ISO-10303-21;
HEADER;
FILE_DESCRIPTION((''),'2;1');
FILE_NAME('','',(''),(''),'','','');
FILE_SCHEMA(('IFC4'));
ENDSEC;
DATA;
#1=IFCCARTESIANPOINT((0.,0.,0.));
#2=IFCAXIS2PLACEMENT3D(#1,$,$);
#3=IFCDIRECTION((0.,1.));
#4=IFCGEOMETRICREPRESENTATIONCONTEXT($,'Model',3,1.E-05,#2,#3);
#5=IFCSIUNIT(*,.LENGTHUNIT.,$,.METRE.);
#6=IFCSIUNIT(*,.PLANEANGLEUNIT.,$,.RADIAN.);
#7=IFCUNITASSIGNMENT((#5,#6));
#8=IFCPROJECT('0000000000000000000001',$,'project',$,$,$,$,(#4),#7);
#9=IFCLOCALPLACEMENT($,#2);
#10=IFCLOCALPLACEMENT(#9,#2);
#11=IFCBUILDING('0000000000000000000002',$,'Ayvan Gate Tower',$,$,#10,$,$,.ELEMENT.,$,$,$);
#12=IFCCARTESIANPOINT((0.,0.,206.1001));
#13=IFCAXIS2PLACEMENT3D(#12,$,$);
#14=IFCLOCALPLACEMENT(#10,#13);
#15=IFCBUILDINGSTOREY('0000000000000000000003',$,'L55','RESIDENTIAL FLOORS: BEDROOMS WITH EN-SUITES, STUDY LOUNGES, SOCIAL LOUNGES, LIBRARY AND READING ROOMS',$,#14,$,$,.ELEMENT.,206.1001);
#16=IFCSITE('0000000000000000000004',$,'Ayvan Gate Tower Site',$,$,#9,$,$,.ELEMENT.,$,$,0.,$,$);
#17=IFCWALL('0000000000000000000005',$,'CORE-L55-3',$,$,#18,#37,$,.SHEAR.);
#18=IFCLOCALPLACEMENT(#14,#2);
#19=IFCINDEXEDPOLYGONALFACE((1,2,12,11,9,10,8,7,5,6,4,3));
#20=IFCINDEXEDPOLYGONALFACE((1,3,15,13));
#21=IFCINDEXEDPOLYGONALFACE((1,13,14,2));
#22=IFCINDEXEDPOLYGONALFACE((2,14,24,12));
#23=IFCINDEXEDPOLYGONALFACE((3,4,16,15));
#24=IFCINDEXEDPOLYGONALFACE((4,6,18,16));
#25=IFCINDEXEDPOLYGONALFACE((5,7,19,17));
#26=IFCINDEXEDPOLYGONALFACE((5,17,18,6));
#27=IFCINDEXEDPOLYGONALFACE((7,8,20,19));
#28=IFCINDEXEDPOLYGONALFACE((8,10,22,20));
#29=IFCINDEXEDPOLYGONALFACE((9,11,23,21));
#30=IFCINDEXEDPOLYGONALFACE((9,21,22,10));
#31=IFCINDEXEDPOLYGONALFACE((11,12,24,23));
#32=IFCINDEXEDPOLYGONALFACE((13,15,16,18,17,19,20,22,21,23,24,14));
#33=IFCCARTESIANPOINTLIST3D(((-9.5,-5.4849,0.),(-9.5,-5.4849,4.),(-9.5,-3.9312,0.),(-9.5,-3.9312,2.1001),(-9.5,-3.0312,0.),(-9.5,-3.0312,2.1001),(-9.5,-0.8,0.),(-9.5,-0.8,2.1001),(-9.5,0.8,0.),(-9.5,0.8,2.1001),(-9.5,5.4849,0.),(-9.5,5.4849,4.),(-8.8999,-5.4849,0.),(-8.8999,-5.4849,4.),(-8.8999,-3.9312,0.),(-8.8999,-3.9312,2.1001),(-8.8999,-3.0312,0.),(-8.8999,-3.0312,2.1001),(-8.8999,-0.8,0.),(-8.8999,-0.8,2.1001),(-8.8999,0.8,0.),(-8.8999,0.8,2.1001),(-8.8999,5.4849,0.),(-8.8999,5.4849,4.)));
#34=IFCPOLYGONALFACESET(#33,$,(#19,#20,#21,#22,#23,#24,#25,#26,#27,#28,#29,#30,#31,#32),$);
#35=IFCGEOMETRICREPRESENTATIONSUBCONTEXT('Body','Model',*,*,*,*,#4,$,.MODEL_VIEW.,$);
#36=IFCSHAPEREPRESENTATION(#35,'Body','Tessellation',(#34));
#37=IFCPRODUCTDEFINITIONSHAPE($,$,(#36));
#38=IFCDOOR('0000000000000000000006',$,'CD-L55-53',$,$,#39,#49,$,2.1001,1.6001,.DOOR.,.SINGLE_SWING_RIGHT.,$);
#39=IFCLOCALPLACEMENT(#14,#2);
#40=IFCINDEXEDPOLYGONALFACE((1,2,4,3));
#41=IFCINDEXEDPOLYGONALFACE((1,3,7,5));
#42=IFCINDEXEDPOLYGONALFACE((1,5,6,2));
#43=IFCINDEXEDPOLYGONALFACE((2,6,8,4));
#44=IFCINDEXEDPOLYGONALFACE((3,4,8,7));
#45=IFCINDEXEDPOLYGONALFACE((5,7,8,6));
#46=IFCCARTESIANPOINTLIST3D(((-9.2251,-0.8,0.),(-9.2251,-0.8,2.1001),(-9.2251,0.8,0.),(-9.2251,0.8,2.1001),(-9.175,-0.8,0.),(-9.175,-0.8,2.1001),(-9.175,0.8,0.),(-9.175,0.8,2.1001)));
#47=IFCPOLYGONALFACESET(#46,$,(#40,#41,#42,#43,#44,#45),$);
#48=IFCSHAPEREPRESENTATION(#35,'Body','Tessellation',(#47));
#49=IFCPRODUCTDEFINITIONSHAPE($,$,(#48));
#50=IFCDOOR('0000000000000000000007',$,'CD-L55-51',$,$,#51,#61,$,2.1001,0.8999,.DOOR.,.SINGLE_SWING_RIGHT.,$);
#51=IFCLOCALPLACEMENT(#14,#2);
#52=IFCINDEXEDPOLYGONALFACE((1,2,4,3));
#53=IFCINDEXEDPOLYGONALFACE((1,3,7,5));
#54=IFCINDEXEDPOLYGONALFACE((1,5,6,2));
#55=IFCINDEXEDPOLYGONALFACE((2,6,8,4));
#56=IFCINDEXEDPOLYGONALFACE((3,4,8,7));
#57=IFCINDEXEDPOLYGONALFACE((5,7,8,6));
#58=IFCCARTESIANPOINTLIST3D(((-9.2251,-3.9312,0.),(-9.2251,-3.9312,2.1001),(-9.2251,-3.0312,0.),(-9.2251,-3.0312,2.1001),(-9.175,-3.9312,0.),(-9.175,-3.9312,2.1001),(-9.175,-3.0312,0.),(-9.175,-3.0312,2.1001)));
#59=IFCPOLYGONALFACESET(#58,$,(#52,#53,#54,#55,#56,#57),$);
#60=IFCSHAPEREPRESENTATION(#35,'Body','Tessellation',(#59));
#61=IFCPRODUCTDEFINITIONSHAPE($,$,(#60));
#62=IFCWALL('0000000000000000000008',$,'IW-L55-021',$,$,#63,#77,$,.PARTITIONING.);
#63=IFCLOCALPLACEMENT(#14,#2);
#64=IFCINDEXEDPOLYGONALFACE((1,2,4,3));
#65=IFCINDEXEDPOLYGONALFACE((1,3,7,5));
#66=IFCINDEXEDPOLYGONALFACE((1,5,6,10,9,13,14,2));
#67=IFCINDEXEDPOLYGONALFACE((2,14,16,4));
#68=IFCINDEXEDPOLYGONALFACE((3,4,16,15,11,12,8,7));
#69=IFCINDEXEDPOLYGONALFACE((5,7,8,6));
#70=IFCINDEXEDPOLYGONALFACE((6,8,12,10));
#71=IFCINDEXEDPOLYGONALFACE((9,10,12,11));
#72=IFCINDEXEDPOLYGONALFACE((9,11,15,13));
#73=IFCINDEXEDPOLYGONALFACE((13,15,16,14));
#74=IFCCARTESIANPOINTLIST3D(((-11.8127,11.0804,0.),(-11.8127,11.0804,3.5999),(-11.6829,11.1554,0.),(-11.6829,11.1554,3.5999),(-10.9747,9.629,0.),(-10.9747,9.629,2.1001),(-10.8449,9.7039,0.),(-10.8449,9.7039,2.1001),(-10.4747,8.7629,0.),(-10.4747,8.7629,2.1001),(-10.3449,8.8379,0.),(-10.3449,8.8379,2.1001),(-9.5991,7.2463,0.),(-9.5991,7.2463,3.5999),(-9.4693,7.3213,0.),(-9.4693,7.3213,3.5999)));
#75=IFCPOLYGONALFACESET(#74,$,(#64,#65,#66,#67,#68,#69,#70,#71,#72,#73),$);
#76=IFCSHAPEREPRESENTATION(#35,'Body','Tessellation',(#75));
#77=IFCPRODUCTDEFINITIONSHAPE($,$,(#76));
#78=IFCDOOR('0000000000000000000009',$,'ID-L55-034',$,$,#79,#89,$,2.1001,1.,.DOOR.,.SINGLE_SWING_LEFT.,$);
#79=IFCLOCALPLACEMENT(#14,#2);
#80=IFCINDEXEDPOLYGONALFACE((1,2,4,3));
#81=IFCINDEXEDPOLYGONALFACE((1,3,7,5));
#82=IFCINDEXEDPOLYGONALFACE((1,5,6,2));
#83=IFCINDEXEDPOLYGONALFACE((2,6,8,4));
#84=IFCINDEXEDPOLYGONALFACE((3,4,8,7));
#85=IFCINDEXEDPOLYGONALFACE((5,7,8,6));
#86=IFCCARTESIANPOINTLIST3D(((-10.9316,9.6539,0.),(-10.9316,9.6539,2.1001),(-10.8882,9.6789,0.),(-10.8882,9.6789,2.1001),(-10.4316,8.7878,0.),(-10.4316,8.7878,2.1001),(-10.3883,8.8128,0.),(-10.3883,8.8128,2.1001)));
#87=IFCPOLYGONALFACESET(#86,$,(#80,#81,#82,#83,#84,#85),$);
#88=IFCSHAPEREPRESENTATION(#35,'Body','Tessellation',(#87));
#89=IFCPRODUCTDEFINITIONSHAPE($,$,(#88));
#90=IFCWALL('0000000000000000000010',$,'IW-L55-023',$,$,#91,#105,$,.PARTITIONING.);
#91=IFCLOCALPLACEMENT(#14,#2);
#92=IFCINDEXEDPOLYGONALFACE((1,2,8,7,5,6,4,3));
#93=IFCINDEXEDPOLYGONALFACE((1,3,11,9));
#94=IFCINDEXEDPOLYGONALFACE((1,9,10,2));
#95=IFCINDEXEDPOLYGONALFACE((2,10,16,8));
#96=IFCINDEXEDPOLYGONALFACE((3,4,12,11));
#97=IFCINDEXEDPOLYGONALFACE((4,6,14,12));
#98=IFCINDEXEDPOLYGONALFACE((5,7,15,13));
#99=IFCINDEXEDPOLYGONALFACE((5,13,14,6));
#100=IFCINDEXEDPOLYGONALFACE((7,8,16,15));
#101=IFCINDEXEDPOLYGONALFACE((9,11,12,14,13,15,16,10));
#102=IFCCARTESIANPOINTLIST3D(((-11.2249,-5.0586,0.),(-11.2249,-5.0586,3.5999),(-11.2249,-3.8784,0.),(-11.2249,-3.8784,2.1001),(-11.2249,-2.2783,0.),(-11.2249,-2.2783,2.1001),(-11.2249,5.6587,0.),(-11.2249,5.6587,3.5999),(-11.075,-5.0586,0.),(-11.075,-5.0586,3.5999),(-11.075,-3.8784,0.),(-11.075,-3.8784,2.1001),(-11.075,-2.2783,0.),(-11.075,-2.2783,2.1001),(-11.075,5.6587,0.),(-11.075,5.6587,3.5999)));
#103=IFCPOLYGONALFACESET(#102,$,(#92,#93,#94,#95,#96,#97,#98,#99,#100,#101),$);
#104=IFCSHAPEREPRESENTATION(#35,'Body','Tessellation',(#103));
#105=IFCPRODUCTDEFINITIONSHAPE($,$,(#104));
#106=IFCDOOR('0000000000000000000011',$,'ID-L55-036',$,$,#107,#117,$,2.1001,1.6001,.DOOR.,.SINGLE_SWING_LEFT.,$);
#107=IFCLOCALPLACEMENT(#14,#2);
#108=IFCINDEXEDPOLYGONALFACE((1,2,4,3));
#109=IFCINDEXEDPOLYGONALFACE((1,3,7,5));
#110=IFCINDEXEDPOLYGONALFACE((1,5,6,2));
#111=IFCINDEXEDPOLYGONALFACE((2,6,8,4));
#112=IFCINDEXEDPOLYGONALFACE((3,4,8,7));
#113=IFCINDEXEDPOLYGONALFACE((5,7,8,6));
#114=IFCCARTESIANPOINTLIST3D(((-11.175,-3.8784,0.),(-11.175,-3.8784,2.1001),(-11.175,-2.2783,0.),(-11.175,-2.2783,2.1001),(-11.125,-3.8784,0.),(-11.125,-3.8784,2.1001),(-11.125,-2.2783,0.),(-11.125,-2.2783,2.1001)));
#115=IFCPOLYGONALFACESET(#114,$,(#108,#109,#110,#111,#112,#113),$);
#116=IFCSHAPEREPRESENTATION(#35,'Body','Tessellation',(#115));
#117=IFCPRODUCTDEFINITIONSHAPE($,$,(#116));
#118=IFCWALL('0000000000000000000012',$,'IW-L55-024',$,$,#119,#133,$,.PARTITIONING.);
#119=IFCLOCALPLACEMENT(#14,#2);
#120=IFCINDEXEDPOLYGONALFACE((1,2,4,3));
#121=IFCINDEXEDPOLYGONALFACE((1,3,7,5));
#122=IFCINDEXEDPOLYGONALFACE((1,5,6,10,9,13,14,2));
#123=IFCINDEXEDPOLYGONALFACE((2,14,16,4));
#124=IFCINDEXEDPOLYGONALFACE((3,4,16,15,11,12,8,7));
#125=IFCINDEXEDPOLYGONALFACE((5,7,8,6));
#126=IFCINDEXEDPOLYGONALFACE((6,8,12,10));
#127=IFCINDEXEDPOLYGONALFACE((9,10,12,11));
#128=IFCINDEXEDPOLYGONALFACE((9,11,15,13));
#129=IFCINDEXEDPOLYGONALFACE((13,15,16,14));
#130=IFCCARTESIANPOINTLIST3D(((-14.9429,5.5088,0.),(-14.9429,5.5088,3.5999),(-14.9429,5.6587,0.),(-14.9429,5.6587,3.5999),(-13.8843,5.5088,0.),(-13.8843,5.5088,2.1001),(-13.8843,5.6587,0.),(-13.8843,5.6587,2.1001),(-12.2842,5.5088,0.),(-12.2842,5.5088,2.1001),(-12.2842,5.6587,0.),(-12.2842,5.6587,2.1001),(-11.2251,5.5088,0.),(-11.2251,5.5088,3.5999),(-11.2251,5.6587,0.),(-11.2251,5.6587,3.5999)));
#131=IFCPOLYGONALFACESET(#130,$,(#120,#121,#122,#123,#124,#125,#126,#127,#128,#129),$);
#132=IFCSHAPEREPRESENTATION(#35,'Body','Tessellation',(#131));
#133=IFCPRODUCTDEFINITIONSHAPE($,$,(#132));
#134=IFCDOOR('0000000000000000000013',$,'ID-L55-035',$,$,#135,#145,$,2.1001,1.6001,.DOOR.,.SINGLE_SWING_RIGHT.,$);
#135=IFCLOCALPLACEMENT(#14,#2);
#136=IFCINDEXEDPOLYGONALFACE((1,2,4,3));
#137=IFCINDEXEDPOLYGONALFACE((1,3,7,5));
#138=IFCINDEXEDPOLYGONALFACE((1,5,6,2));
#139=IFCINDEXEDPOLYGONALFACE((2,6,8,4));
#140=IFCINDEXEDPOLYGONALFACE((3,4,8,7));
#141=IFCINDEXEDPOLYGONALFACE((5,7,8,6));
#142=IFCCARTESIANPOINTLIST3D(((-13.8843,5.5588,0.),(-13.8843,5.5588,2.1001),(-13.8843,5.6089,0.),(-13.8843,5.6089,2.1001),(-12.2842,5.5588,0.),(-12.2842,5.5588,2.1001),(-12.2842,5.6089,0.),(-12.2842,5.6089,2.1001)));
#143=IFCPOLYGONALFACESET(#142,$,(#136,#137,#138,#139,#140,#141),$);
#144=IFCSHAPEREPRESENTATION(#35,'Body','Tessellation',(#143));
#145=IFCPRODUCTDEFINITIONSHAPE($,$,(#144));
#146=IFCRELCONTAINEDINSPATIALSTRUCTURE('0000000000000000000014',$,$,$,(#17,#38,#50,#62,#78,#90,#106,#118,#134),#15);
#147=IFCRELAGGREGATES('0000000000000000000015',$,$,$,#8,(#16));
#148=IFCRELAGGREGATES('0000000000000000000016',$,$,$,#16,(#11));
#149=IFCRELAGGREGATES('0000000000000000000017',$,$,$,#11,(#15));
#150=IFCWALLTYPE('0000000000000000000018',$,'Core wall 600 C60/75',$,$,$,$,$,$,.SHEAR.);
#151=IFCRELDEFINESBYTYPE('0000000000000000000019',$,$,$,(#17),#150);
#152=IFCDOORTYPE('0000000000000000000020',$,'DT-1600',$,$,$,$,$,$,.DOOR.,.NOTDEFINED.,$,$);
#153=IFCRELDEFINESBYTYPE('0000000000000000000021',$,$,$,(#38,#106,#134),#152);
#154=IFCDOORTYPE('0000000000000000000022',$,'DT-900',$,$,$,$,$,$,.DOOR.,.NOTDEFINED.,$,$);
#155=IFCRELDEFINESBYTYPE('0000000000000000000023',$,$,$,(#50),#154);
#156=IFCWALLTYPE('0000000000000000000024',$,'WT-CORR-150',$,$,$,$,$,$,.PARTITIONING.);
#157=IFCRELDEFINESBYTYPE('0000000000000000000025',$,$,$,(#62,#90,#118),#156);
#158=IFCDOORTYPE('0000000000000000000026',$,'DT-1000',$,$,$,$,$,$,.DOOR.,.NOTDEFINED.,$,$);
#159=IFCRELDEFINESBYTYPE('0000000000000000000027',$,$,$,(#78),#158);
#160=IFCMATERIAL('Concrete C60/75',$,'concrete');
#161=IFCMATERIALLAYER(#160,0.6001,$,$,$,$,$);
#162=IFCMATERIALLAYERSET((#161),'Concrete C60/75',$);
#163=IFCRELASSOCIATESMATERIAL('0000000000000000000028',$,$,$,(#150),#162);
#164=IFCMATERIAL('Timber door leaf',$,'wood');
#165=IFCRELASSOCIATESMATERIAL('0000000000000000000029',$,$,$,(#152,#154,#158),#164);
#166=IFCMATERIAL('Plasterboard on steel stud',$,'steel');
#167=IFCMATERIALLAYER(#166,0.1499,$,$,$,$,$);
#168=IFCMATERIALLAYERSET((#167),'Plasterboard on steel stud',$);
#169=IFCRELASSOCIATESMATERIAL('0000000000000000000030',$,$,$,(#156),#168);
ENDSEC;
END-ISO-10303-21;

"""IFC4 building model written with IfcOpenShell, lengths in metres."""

from ifc_helpers import new_model, si_unit, direction, frame, frame_2d, origin, place, context, subcontext, project, spatial, rectangle, extrude, material, layer, layer_set, type_object, element, fill, save


model = new_model("IFC4")

# Units and contexts
model_context = context("Model", 3, precision=1e-05, world=origin(), true_north=direction((0.0, 1.0)))
body_context = subcontext(model_context, "Body", "Model", "MODEL_VIEW")
ifc_project = project(units=[si_unit("LENGTHUNIT", "METRE"), si_unit("PLANEANGLEUNIT", "RADIAN")], contexts=[model_context])

# Site, building, storey
site_placement = place(None, origin())
site = spatial("IfcSite", under=ifc_project, at=site_placement, Name="Ayvan Gate Tower Site", CompositionType="ELEMENT", RefElevation=0.0)
building_placement = place(site_placement, origin())
building = spatial("IfcBuilding", under=site, at=building_placement, Name="Ayvan Gate Tower", CompositionType="ELEMENT")
storey_placement = place(building_placement, frame((0.0, 0.0, 206.1001)))
storey = spatial("IfcBuildingStorey", under=building, at=storey_placement, Name="L55", Description="RESIDENTIAL FLOORS: BEDROOMS WITH EN-SUITES, STUDY LOUNGES, SOCIAL LOUNGES, LIBRARY AND READING ROOMS", CompositionType="ELEMENT", Elevation=206.1001)

# Wall, openings, doors
ifc_material_1 = material(Name="Concrete C60/75", Category="concrete")
ifc_layer_1 = layer(ifc_material_1, 0.6001)
ifc_layer_set_1 = layer_set([ifc_layer_1], Name="Concrete C60/75")
wall_type_1 = type_object("IfcWallType", Name="Core wall 600 C60/75", PredefinedType="SHEAR", material=ifc_layer_set_1)
wall_1_placement = place(storey_placement, frame((-9.2, 5.4849, 0.0), z_axis=(0.0, 0.0, 1.0), x_axis=(0.0, -1.0, 0.0)))
wall_1 = element("IfcWall", 1, at=wall_1_placement, inside=storey, type_object=wall_type_1, Name="CORE-L55-3", PredefinedType="SHEAR", context=body_context, shape_type="SweptSolid", body=[
    extrude(rectangle(XDim=10.9697, YDim=0.6001, at=frame_2d((5.4849, 0.0))), origin(), (0.0, 0.0, 1.0), 4.0),
])
opening_1_placement = place(wall_1_placement, frame((8.5161, 0.0, 0.0)))
opening_1 = element("IfcOpeningElement", 2, at=opening_1_placement, cuts=wall_1, PredefinedType="OPENING", context=body_context, shape_type="SweptSolid", body=[
    extrude(rectangle(XDim=0.8999, YDim=2.1001, at=frame_2d((0.45, 1.05))), frame((0.0, 0.3101, 0.0), z_axis=(0.0, -1.0, 0.0), x_axis=(1.0, 0.0, 0.0)), (0.0, 0.0, 1.0), 0.6201),
])
opening_2_placement = place(wall_1_placement, frame((4.6848, 0.0, 0.0)))
opening_2 = element("IfcOpeningElement", 3, at=opening_2_placement, cuts=wall_1, PredefinedType="OPENING", context=body_context, shape_type="SweptSolid", body=[
    extrude(rectangle(XDim=1.6001, YDim=2.1001, at=frame_2d((0.8, 1.05))), frame((0.0, 0.3101, 0.0), z_axis=(0.0, -1.0, 0.0), x_axis=(1.0, 0.0, 0.0)), (0.0, 0.0, 1.0), 0.6201),
])
ifc_material_2 = material(Name="Timber door leaf", Category="wood")
door_type_1 = type_object("IfcDoorType", Name="DT-1600", OperationType="NOTDEFINED", PredefinedType="DOOR", material=ifc_material_2)
door_1_placement = place(opening_2_placement, origin())
door_1 = element("IfcDoor", 4, at=door_1_placement, inside=storey, type_object=door_type_1, Name="CD-L55-53", OperationType="SINGLE_SWING_RIGHT", OverallHeight=2.1001, OverallWidth=1.6001, PredefinedType="DOOR", context=body_context, shape_type="SweptSolid", body=[
    extrude(rectangle(XDim=1.6001, YDim=2.1001, at=frame_2d((0.8, 1.05))), frame((0.0, 0.0249, 0.0), z_axis=(0.0, -1.0, 0.0), x_axis=(1.0, 0.0, 0.0)), (0.0, 0.0, 1.0), 0.05),
])
fill(opening_2, door_1)
door_type_2 = type_object("IfcDoorType", Name="DT-900", OperationType="NOTDEFINED", PredefinedType="DOOR", material=ifc_material_2)
door_2_placement = place(opening_1_placement, origin())
door_2 = element("IfcDoor", 5, at=door_2_placement, inside=storey, type_object=door_type_2, Name="CD-L55-51", OperationType="SINGLE_SWING_RIGHT", OverallHeight=2.1001, OverallWidth=0.8999, PredefinedType="DOOR", context=body_context, shape_type="SweptSolid", body=[
    extrude(rectangle(XDim=0.8999, YDim=2.1001, at=frame_2d((0.45, 1.05))), frame((0.0, 0.0249, 0.0), z_axis=(0.0, -1.0, 0.0), x_axis=(1.0, 0.0, 0.0)), (0.0, 0.0, 1.0), 0.05),
])
fill(opening_1, door_2)

# Walls, openings, doors
ifc_material_3 = material(Name="Plasterboard on steel stud", Category="steel")
ifc_layer_2 = layer(ifc_material_3, 0.1499)
ifc_layer_set_2 = layer_set([ifc_layer_2], Name="Plasterboard on steel stud")
wall_type_2 = type_object("IfcWallType", Name="WT-CORR-150", PredefinedType="PARTITIONING", material=ifc_layer_set_2)
wall_2_placement = place(storey_placement, frame((-11.7478, 11.1179, 0.0), z_axis=(0.0, 0.0, 1.0), x_axis=(0.499988, -0.866032, 0.0)))
wall_2 = element("IfcWall", 6, at=wall_2_placement, inside=storey, type_object=wall_type_2, Name="IW-L55-021", PredefinedType="PARTITIONING", context=body_context, shape_type="SweptSolid", body=[
    extrude(rectangle(XDim=4.4272, YDim=0.1499, at=frame_2d((2.2136, 0.0))), origin(), (0.0, 0.0, 1.0), 3.5999),
])
opening_3_placement = place(wall_2_placement, frame((1.676, 0.0, 0.0)))
opening_3 = element("IfcOpeningElement", 7, at=opening_3_placement, cuts=wall_2, PredefinedType="OPENING", context=body_context, shape_type="SweptSolid", body=[
    extrude(rectangle(XDim=1.0, YDim=2.1001, at=frame_2d((0.5, 1.05))), frame((0.0, 0.085, 0.0), z_axis=(0.0, -1.0, 0.0), x_axis=(1.0, 0.0, 0.0)), (0.0, 0.0, 1.0), 0.1699),
])
door_type_3 = type_object("IfcDoorType", Name="DT-1000", OperationType="NOTDEFINED", PredefinedType="DOOR", material=ifc_material_2)
door_3_placement = place(opening_3_placement, origin())
door_3 = element("IfcDoor", 8, at=door_3_placement, inside=storey, type_object=door_type_3, Name="ID-L55-034", OperationType="SINGLE_SWING_LEFT", OverallHeight=2.1001, OverallWidth=1.0, PredefinedType="DOOR", context=body_context, shape_type="SweptSolid", body=[
    extrude(rectangle(XDim=1.0, YDim=2.1001, at=frame_2d((0.5, 1.05))), frame((0.0, 0.0249, 0.0), z_axis=(0.0, -1.0, 0.0), x_axis=(1.0, 0.0, 0.0)), (0.0, 0.0, 1.0), 0.05),
])
fill(opening_3, door_3)
wall_3_placement = place(storey_placement, frame((-11.1499, 5.6587, 0.0), z_axis=(0.0, 0.0, 1.0), x_axis=(0.0, -1.0, 0.0)))
wall_3 = element("IfcWall", 9, at=wall_3_placement, inside=storey, type_object=wall_type_2, Name="IW-L55-023", PredefinedType="PARTITIONING", context=body_context, shape_type="SweptSolid", body=[
    extrude(rectangle(XDim=10.7173, YDim=0.1499, at=frame_2d((5.3586, 0.0))), origin(), (0.0, 0.0, 1.0), 3.5999),
])
opening_4_placement = place(wall_3_placement, frame((7.937, 0.0, 0.0)))
opening_4 = element("IfcOpeningElement", 10, at=opening_4_placement, cuts=wall_3, PredefinedType="OPENING", context=body_context, shape_type="SweptSolid", body=[
    extrude(rectangle(XDim=1.6001, YDim=2.1001, at=frame_2d((0.8, 1.05))), frame((0.0, 0.085, 0.0), z_axis=(0.0, -1.0, 0.0), x_axis=(1.0, 0.0, 0.0)), (0.0, 0.0, 1.0), 0.1699),
])
door_4_placement = place(opening_4_placement, origin())
door_4 = element("IfcDoor", 11, at=door_4_placement, inside=storey, type_object=door_type_1, Name="ID-L55-036", OperationType="SINGLE_SWING_LEFT", OverallHeight=2.1001, OverallWidth=1.6001, PredefinedType="DOOR", context=body_context, shape_type="SweptSolid", body=[
    extrude(rectangle(XDim=1.6001, YDim=2.1001, at=frame_2d((0.8, 1.05))), frame((0.0, 0.0249, 0.0), z_axis=(0.0, -1.0, 0.0), x_axis=(1.0, 0.0, 0.0)), (0.0, 0.0, 1.0), 0.05),
])
fill(opening_4, door_4)
wall_4_placement = place(storey_placement, frame((-11.2251, 5.5837, 0.0), z_axis=(0.0, 0.0, 1.0), x_axis=(-1.0, 0.0, 0.0)))
wall_4 = element("IfcWall", 12, at=wall_4_placement, inside=storey, type_object=wall_type_2, Name="IW-L55-024", PredefinedType="PARTITIONING", context=body_context, shape_type="SweptSolid", body=[
    extrude(rectangle(XDim=3.7178, YDim=0.1499, at=frame_2d((1.8589, 0.0))), origin(), (0.0, 0.0, 1.0), 3.5999),
])
opening_5_placement = place(wall_4_placement, frame((1.0591, 0.0, 0.0)))
opening_5 = element("IfcOpeningElement", 13, at=opening_5_placement, cuts=wall_4, PredefinedType="OPENING", context=body_context, shape_type="SweptSolid", body=[
    extrude(rectangle(XDim=1.6001, YDim=2.1001, at=frame_2d((0.8, 1.05))), frame((0.0, 0.085, 0.0), z_axis=(0.0, -1.0, 0.0), x_axis=(1.0, 0.0, 0.0)), (0.0, 0.0, 1.0), 0.1699),
])
door_5_placement = place(opening_5_placement, origin())
door_5 = element("IfcDoor", 14, at=door_5_placement, inside=storey, type_object=door_type_1, Name="ID-L55-035", OperationType="SINGLE_SWING_RIGHT", OverallHeight=2.1001, OverallWidth=1.6001, PredefinedType="DOOR", context=body_context, shape_type="SweptSolid", body=[
    extrude(rectangle(XDim=1.6001, YDim=2.1001, at=frame_2d((0.8, 1.05))), frame((0.0, 0.0249, 0.0), z_axis=(0.0, -1.0, 0.0), x_axis=(1.0, 0.0, 0.0)), (0.0, 0.0, 1.0), 0.05),
])
fill(opening_5, door_5)

save(model, "model.ifc")
